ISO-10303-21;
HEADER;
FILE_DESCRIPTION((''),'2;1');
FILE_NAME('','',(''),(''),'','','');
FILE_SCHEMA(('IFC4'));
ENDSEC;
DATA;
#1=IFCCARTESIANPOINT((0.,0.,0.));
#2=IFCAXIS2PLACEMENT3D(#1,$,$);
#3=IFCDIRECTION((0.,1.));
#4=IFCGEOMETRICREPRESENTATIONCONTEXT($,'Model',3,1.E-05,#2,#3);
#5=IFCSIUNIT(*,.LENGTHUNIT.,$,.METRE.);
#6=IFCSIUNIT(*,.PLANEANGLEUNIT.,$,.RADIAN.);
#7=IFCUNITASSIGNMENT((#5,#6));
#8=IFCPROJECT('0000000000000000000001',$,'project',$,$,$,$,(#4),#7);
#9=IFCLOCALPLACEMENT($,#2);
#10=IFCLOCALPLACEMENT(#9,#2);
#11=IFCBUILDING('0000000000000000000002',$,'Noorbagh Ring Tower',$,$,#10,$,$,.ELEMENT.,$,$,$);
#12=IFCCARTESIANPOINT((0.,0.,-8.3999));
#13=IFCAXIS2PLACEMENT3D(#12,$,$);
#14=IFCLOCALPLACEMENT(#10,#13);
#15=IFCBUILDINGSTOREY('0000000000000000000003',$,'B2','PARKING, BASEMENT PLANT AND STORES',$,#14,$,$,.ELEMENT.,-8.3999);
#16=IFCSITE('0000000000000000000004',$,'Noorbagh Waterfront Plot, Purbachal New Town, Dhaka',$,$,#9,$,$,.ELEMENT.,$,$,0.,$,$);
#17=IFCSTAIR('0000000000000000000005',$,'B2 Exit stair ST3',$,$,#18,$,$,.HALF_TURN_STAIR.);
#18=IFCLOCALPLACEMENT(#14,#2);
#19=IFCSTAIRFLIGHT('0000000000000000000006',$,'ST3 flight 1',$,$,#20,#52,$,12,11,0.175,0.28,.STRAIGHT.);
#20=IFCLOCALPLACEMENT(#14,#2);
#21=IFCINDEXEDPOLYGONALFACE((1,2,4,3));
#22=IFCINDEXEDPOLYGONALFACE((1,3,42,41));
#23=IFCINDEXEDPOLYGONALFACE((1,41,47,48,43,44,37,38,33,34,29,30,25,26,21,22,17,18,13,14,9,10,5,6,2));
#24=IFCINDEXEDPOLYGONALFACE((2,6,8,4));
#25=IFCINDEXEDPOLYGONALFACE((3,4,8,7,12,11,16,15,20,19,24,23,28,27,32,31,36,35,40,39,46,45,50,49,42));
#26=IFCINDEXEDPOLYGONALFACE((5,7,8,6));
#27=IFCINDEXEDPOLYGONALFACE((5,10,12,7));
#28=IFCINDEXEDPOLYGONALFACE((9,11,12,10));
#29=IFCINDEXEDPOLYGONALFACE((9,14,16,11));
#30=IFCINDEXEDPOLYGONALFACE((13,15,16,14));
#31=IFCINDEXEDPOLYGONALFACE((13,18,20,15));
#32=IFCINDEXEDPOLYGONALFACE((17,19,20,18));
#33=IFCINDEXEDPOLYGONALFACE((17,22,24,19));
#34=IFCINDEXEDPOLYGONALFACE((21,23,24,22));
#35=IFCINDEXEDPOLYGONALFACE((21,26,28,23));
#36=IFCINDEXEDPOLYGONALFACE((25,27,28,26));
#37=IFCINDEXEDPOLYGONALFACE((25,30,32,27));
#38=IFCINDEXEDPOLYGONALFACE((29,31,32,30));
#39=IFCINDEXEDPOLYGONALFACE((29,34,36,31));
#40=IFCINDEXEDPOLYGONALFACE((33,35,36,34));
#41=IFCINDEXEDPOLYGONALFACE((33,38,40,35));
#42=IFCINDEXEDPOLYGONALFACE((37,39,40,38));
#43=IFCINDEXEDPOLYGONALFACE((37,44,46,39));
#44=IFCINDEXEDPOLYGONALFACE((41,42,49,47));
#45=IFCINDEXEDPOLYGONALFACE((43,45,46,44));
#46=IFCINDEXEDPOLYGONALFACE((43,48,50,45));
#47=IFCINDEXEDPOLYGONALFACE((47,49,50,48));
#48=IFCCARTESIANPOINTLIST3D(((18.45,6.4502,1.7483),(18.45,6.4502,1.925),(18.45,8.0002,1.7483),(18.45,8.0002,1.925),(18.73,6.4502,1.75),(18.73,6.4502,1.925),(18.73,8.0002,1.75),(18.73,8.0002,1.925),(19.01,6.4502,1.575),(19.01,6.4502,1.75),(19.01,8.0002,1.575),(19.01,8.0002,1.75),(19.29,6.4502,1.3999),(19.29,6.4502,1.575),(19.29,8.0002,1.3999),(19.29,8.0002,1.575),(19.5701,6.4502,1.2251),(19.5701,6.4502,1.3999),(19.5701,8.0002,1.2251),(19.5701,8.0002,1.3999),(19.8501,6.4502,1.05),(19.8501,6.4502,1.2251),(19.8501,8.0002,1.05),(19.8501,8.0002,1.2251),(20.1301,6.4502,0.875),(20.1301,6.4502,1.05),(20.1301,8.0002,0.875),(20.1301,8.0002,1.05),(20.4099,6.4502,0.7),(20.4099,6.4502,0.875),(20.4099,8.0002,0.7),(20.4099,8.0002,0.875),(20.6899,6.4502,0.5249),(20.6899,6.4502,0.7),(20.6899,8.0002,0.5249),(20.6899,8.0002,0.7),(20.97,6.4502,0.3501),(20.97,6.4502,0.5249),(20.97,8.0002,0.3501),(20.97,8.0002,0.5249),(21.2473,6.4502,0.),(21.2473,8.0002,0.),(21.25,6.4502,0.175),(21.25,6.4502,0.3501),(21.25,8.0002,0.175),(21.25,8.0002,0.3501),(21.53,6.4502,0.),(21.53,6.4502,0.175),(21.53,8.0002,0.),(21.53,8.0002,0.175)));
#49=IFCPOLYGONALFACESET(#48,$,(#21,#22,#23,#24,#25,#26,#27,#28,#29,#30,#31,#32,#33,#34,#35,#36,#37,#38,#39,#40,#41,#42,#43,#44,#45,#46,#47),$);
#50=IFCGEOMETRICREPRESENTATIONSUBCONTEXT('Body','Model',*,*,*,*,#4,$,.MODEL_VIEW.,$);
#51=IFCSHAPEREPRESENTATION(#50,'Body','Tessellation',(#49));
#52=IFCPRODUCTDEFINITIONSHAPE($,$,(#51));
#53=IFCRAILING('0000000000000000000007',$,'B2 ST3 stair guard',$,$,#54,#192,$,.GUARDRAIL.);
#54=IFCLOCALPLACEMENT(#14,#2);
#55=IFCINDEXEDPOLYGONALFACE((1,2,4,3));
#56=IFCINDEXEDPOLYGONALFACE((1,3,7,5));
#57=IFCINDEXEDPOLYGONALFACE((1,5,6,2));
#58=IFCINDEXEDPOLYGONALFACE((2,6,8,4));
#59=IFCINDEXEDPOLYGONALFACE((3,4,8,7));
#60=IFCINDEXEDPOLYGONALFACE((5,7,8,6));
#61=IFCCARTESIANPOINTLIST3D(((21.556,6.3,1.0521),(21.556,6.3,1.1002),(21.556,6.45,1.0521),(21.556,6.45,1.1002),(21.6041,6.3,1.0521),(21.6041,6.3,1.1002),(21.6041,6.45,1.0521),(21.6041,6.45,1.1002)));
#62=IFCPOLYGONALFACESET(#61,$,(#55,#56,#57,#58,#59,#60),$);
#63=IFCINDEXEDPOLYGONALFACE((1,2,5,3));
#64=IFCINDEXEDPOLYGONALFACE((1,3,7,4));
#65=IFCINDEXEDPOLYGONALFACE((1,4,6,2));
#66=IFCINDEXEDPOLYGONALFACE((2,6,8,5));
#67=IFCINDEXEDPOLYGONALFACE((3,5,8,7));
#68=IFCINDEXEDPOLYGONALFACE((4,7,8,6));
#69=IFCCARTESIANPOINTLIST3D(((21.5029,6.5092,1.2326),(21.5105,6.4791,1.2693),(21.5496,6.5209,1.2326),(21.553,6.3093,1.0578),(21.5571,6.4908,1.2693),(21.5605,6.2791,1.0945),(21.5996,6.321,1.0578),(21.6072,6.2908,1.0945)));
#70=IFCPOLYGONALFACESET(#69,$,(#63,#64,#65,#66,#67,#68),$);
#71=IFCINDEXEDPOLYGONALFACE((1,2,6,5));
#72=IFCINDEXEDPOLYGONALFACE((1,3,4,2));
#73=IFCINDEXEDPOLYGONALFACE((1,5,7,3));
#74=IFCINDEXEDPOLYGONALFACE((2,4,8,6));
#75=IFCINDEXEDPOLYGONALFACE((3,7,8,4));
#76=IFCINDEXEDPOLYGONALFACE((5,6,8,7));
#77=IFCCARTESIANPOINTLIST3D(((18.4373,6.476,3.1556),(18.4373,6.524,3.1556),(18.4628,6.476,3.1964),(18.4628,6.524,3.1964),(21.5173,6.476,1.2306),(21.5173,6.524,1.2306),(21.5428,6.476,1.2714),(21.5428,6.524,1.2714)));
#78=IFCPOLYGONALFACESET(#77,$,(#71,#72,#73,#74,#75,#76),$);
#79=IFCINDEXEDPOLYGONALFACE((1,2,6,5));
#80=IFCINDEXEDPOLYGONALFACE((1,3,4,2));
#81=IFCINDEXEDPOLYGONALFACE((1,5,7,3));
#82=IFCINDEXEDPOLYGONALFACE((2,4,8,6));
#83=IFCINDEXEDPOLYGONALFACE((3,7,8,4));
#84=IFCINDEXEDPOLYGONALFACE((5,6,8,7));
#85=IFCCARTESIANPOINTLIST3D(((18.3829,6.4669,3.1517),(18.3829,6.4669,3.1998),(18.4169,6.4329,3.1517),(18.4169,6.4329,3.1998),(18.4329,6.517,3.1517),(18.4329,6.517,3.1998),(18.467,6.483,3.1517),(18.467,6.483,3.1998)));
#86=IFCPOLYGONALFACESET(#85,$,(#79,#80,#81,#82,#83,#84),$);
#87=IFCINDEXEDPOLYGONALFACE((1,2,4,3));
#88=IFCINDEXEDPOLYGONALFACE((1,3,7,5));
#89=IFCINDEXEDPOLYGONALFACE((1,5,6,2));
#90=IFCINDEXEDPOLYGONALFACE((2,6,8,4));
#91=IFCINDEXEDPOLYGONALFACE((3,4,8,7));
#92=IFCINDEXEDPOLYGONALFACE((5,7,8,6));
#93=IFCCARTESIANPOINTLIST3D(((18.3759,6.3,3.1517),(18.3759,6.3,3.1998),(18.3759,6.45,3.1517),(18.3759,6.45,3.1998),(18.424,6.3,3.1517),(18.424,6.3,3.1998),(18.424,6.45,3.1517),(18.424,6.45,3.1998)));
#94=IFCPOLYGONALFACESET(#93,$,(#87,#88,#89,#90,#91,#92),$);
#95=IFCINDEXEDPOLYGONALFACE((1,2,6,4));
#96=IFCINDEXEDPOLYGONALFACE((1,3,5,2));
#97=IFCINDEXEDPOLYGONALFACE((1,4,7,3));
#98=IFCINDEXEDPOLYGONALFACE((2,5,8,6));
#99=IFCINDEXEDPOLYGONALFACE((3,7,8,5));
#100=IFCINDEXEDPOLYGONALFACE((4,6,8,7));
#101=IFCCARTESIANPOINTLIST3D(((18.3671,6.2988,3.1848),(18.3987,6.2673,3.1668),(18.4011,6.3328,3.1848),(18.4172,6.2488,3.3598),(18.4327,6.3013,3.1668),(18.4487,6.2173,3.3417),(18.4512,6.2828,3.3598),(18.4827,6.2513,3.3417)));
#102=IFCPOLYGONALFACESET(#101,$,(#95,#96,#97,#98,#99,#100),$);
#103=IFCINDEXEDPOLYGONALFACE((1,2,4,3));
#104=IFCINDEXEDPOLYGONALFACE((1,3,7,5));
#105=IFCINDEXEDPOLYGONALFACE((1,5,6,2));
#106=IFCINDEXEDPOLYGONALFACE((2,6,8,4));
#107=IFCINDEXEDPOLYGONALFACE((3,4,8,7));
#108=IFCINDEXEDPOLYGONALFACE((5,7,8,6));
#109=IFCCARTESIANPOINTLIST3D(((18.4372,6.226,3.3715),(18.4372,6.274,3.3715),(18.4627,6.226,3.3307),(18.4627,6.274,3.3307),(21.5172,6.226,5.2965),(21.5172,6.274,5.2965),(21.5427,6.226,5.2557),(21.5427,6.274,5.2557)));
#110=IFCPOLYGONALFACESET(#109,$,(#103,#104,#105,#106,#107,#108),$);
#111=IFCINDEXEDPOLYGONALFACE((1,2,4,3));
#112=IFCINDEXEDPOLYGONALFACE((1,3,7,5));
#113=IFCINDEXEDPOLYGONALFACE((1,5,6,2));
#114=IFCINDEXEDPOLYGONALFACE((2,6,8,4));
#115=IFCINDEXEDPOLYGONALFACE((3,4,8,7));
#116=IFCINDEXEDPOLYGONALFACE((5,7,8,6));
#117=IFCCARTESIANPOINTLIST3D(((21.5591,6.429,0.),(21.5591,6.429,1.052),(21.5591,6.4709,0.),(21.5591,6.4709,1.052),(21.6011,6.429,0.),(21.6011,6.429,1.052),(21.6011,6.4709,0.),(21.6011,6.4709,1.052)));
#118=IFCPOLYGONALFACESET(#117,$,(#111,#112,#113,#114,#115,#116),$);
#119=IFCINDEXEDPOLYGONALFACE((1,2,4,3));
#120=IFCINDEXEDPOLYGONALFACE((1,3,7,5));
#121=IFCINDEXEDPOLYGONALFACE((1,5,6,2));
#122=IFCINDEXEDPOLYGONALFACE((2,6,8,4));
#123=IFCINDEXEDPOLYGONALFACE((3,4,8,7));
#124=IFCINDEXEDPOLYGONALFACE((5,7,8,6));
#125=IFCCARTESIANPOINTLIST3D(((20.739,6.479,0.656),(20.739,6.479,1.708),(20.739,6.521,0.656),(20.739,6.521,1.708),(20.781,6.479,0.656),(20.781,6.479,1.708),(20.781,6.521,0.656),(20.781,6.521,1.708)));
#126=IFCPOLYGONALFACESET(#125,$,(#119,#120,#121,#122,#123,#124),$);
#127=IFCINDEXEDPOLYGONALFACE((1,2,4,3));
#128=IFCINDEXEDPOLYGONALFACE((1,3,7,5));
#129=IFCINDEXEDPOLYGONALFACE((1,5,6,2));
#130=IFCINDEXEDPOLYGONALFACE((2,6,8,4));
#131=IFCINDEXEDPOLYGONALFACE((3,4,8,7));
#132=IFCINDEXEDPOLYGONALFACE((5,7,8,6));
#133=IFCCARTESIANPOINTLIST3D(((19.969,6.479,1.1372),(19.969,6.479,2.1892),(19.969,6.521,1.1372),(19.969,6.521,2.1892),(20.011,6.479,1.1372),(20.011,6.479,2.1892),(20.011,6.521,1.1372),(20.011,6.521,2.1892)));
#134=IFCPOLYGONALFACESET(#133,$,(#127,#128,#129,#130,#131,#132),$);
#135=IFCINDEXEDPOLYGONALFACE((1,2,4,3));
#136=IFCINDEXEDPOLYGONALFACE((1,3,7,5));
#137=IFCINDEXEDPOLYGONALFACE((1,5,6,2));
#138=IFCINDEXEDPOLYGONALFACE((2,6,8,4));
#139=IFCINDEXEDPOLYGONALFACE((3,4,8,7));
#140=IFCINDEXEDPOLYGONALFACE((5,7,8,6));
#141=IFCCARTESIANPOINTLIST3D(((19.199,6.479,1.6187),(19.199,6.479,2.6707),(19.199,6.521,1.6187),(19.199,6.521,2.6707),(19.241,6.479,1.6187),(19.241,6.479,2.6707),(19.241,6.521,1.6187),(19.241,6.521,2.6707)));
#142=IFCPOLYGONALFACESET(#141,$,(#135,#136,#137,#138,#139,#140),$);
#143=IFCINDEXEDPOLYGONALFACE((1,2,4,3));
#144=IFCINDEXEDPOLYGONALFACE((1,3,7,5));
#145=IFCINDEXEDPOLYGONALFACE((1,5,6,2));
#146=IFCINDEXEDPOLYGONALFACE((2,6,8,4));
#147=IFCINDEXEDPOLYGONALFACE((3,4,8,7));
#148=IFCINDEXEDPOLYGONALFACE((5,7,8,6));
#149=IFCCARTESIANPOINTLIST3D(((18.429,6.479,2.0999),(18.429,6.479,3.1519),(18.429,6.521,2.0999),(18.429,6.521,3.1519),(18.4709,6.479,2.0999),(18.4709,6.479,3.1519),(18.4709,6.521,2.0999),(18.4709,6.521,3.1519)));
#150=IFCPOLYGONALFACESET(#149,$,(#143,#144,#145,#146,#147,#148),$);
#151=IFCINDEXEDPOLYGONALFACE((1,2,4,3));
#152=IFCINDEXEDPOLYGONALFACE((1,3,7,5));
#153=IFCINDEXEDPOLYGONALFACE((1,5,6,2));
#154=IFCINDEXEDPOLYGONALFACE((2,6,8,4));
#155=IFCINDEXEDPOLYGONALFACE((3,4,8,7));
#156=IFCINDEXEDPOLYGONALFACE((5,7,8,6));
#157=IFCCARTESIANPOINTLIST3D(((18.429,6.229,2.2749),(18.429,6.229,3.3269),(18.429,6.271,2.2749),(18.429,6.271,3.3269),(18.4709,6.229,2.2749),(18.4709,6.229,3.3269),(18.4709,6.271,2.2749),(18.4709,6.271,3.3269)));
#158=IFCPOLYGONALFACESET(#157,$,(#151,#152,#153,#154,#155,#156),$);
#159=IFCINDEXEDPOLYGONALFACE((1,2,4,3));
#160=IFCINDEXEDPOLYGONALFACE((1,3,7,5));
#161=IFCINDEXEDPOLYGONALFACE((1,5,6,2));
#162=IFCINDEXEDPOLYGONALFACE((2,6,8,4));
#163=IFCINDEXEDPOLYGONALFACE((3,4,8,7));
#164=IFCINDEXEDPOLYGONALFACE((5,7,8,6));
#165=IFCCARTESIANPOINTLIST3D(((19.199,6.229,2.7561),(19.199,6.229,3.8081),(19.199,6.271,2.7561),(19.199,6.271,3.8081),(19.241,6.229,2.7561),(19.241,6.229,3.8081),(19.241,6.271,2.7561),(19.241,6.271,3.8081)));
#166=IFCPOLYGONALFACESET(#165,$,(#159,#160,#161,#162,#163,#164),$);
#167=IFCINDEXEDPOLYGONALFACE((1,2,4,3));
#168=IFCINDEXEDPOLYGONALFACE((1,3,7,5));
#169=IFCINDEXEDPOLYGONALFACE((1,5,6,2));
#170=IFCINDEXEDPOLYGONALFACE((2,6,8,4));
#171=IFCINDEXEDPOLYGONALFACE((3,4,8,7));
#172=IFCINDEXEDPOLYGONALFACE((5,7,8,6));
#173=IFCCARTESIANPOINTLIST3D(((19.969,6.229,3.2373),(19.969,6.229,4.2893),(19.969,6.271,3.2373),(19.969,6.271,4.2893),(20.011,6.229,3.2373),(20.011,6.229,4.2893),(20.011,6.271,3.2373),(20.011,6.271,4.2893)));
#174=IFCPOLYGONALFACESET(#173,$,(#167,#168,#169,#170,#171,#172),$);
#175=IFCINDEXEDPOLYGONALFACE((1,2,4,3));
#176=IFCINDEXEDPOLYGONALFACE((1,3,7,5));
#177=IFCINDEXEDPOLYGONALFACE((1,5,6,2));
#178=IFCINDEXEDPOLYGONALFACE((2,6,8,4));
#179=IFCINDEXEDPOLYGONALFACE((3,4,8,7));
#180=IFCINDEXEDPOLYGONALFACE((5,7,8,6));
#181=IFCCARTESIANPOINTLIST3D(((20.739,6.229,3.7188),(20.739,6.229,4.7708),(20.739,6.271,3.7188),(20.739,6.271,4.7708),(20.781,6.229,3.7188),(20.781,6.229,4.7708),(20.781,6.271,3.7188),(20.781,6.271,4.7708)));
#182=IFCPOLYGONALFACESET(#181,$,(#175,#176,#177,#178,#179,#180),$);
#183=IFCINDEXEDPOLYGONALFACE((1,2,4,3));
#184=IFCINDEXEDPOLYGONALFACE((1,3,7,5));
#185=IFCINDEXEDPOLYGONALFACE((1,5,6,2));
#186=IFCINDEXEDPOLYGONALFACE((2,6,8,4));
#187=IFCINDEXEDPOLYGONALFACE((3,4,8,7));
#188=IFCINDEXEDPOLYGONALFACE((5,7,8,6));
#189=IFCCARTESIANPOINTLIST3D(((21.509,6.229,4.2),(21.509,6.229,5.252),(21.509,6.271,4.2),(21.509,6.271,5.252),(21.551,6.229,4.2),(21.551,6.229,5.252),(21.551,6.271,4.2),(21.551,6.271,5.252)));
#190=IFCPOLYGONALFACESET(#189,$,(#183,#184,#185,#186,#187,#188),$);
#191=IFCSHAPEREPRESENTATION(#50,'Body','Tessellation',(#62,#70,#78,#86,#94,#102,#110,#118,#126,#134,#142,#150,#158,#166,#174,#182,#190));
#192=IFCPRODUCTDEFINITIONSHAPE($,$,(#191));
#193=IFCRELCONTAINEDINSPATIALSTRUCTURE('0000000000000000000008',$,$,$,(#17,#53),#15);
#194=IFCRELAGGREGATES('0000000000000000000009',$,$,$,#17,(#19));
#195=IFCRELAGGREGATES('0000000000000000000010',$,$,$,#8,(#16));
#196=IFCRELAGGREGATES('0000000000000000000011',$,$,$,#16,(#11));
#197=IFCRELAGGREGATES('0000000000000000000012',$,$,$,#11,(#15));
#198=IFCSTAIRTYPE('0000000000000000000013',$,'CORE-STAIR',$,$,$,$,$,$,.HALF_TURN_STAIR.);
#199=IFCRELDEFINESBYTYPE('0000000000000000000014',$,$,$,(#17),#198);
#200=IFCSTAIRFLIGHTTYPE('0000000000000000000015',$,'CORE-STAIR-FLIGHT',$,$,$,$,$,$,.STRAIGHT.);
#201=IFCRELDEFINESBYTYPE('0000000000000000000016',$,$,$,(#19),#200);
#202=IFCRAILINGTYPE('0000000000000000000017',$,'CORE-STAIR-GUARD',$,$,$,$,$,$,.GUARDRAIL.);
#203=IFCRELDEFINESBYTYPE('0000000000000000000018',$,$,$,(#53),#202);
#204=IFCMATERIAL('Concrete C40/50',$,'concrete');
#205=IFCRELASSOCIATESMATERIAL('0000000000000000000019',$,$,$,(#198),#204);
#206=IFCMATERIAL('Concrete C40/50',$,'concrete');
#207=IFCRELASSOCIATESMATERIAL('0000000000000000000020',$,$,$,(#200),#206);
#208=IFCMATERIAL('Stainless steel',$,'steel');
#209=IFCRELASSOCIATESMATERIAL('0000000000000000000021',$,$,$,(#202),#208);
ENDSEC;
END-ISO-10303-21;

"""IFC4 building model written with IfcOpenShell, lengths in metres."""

from ifc_helpers import new_model, si_unit, direction, frame, origin, origin_2d, place, context, subcontext, project, spatial, polyline, rectangle, outline, extrude, material, type_object, element, aggregate, save


model = new_model("IFC4")

# Units and contexts
model_context = context("Model", 3, precision=1e-05, world=origin(), true_north=direction((0.0, 1.0)))
body_context = subcontext(model_context, "Body", "Model", "MODEL_VIEW")
ifc_project = project(units=[si_unit("LENGTHUNIT", "METRE"), si_unit("PLANEANGLEUNIT", "RADIAN")], contexts=[model_context])

# Site, building, storey
site_placement = place(None, origin())
site = spatial("IfcSite", under=ifc_project, at=site_placement, Name="Noorbagh Waterfront Plot, Purbachal New Town, Dhaka", CompositionType="ELEMENT", RefElevation=0.0)
building_placement = place(site_placement, origin())
building = spatial("IfcBuilding", under=site, at=building_placement, Name="Noorbagh Ring Tower", CompositionType="ELEMENT")
storey_placement = place(building_placement, frame((0.0, 0.0, -8.3999)))
storey = spatial("IfcBuildingStorey", under=building, at=storey_placement, Name="B2", Description="PARKING, BASEMENT PLANT AND STORES", CompositionType="ELEMENT", Elevation=-8.3999)

# Stair, stair flight
ifc_material_1 = material(Name="Concrete C40/50", Category="concrete")
stair_type = type_object("IfcStairType", Name="CORE-STAIR", PredefinedType="HALF_TURN_STAIR", material=ifc_material_1)
stair_placement = place(storey_placement, origin())
stair = element("IfcStair", 1, at=stair_placement, inside=storey, type_object=stair_type, Name="B2 Exit stair ST3", PredefinedType="HALF_TURN_STAIR")
ifc_material_2 = material(Name="Concrete C40/50", Category="concrete")
stair_flight_type = type_object("IfcStairFlightType", Name="CORE-STAIR-FLIGHT", PredefinedType="STRAIGHT", material=ifc_material_2)
stair_flight_placement = place(storey_placement, frame((21.53, 7.2251, 0.0), z_axis=(0.0, 0.0, 1.0), x_axis=(-1.0, 0.0, 0.0)))
stair_flight = element("IfcStairFlight", 2, at=stair_flight_placement, type_object=stair_flight_type, Name="ST3 flight 1", NumberOfRisers=12, NumberOfTreads=11, PredefinedType="STRAIGHT", RiserHeight=0.175, TreadLength=0.28, context=body_context, shape_type="SweptSolid", body=[
    extrude(outline(polyline([(0.0, 0.0), (0.0, 0.175), (0.28, 0.175), (0.28, 0.3501), (0.5601, 0.3501), (0.5601, 0.5249), (0.8401, 0.5249), (0.8401, 0.7), (1.1201, 0.7), (1.1201, 0.875), (1.3999, 0.875), (1.3999, 1.05), (1.6799, 1.05), (1.6799, 1.2251), (1.96, 1.2251), (1.96, 1.3999), (2.24, 1.3999), (2.24, 1.575), (2.52, 1.575), (2.52, 1.75), (2.8, 1.75), (2.8, 1.925), (3.0801, 1.925), (3.0801, 2.1001), (3.0801, 1.7483), (0.2827, 0.0), (0.0, 0.0)])), frame((0.0, 0.7749, 0.0), z_axis=(0.0, -1.0, 0.0), x_axis=(1.0, 0.0, 0.0)), (0.0, 0.0, 1.0), 1.55),
])
aggregate(stair, [stair_flight])

# Railing
ifc_material_3 = material(Name="Stainless steel", Category="steel")
railing_type_1 = type_object("IfcRailingType", Name="CORE-STAIR-GUARD", PredefinedType="GUARDRAIL", material=ifc_material_3)
railing_1_placement = place(storey_placement, frame((21.5801, 6.45, 0.0)))
element("IfcRailing", 3, at=railing_1_placement, inside=storey, type_object=railing_type_1, Name="B2 ST3 stair guard", PredefinedType="GUARDRAIL", context=body_context, shape_type="SweptSolid", body=[
    extrude(rectangle(XDim=0.0481, YDim=0.0481, at=origin_2d()), frame((0.0, 0.0, 1.0762), z_axis=(0.0, -1.0, 0.0), x_axis=(1.0, 0.0, 0.0)), (0.0, 0.0, 1.0), 0.1499),
    extrude(rectangle(XDim=0.0481, YDim=0.0481, at=origin_2d()), frame((0.0, -0.1499, 1.0762), z_axis=(-0.185186, 0.73984, 0.646795), x_axis=(-0.970073, -0.242814, 0.0)), (0.0, 0.0, 1.0), 0.2703),
    extrude(rectangle(XDim=0.0481, YDim=0.0481, at=origin_2d()), frame((-0.05, 0.05, 1.251), z_axis=(-0.847998, 0.0, 0.529999), x_axis=(0.0, -1.0, 0.0)), (0.0, 0.0, 1.0), 3.6321),
    extrude(rectangle(XDim=0.0481, YDim=0.0481, at=origin_2d()), frame((-3.1301, 0.05, 3.1758), z_axis=(-0.707107, -0.707107, 0.0), x_axis=(0.707107, -0.707107, 0.0)), (0.0, 0.0, 1.0), 0.0708),
    extrude(rectangle(XDim=0.0481, YDim=0.0481, at=origin_2d()), frame((-3.1802, 0.0, 3.1758), z_axis=(0.0, -1.0, 0.0), x_axis=(1.0, 0.0, 0.0)), (0.0, 0.0, 1.0), 0.1499),
    extrude(rectangle(XDim=0.0481, YDim=0.0481, at=origin_2d()), frame((-3.1802, -0.1499, 3.1758), z_axis=(0.265065, -0.265065, 0.927082), x_axis=(0.707107, 0.707107, 0.0)), (0.0, 0.0, 1.0), 0.1887),
    extrude(rectangle(XDim=0.0481, YDim=0.0481, at=origin_2d()), frame((-3.1301, -0.2, 3.3511), z_axis=(0.847998, 0.0, 0.529999), x_axis=(0.0, 1.0, 0.0)), (0.0, 0.0, 1.0), 3.6321),
    extrude(rectangle(XDim=0.042, YDim=0.042, at=origin_2d()), origin(), (0.0, 0.0, 1.0), 1.052),
    extrude(rectangle(XDim=0.042, YDim=0.042, at=origin_2d()), frame((-0.8201, 0.05, 0.656)), (0.0, 0.0, 1.0), 1.052),
    extrude(rectangle(XDim=0.042, YDim=0.042, at=origin_2d()), frame((-1.5901, 0.05, 1.1372)), (0.0, 0.0, 1.0), 1.052),
    extrude(rectangle(XDim=0.042, YDim=0.042, at=origin_2d()), frame((-2.3601, 0.05, 1.6187)), (0.0, 0.0, 1.0), 1.052),
    extrude(rectangle(XDim=0.042, YDim=0.042, at=origin_2d()), frame((-3.1301, 0.05, 2.0999)), (0.0, 0.0, 1.0), 1.052),
    extrude(rectangle(XDim=0.042, YDim=0.042, at=origin_2d()), frame((-3.1301, -0.2, 2.2749)), (0.0, 0.0, 1.0), 1.052),
    extrude(rectangle(XDim=0.042, YDim=0.042, at=origin_2d()), frame((-2.3601, -0.2, 2.7561)), (0.0, 0.0, 1.0), 1.052),
    extrude(rectangle(XDim=0.042, YDim=0.042, at=origin_2d()), frame((-1.5901, -0.2, 3.2373)), (0.0, 0.0, 1.0), 1.052),
    extrude(rectangle(XDim=0.042, YDim=0.042, at=origin_2d()), frame((-0.8201, -0.2, 3.7188)), (0.0, 0.0, 1.0), 1.052),
    extrude(rectangle(XDim=0.042, YDim=0.042, at=origin_2d()), frame((-0.05, -0.2, 4.2)), (0.0, 0.0, 1.0), 1.052),
])

save(model, "model.ifc")
